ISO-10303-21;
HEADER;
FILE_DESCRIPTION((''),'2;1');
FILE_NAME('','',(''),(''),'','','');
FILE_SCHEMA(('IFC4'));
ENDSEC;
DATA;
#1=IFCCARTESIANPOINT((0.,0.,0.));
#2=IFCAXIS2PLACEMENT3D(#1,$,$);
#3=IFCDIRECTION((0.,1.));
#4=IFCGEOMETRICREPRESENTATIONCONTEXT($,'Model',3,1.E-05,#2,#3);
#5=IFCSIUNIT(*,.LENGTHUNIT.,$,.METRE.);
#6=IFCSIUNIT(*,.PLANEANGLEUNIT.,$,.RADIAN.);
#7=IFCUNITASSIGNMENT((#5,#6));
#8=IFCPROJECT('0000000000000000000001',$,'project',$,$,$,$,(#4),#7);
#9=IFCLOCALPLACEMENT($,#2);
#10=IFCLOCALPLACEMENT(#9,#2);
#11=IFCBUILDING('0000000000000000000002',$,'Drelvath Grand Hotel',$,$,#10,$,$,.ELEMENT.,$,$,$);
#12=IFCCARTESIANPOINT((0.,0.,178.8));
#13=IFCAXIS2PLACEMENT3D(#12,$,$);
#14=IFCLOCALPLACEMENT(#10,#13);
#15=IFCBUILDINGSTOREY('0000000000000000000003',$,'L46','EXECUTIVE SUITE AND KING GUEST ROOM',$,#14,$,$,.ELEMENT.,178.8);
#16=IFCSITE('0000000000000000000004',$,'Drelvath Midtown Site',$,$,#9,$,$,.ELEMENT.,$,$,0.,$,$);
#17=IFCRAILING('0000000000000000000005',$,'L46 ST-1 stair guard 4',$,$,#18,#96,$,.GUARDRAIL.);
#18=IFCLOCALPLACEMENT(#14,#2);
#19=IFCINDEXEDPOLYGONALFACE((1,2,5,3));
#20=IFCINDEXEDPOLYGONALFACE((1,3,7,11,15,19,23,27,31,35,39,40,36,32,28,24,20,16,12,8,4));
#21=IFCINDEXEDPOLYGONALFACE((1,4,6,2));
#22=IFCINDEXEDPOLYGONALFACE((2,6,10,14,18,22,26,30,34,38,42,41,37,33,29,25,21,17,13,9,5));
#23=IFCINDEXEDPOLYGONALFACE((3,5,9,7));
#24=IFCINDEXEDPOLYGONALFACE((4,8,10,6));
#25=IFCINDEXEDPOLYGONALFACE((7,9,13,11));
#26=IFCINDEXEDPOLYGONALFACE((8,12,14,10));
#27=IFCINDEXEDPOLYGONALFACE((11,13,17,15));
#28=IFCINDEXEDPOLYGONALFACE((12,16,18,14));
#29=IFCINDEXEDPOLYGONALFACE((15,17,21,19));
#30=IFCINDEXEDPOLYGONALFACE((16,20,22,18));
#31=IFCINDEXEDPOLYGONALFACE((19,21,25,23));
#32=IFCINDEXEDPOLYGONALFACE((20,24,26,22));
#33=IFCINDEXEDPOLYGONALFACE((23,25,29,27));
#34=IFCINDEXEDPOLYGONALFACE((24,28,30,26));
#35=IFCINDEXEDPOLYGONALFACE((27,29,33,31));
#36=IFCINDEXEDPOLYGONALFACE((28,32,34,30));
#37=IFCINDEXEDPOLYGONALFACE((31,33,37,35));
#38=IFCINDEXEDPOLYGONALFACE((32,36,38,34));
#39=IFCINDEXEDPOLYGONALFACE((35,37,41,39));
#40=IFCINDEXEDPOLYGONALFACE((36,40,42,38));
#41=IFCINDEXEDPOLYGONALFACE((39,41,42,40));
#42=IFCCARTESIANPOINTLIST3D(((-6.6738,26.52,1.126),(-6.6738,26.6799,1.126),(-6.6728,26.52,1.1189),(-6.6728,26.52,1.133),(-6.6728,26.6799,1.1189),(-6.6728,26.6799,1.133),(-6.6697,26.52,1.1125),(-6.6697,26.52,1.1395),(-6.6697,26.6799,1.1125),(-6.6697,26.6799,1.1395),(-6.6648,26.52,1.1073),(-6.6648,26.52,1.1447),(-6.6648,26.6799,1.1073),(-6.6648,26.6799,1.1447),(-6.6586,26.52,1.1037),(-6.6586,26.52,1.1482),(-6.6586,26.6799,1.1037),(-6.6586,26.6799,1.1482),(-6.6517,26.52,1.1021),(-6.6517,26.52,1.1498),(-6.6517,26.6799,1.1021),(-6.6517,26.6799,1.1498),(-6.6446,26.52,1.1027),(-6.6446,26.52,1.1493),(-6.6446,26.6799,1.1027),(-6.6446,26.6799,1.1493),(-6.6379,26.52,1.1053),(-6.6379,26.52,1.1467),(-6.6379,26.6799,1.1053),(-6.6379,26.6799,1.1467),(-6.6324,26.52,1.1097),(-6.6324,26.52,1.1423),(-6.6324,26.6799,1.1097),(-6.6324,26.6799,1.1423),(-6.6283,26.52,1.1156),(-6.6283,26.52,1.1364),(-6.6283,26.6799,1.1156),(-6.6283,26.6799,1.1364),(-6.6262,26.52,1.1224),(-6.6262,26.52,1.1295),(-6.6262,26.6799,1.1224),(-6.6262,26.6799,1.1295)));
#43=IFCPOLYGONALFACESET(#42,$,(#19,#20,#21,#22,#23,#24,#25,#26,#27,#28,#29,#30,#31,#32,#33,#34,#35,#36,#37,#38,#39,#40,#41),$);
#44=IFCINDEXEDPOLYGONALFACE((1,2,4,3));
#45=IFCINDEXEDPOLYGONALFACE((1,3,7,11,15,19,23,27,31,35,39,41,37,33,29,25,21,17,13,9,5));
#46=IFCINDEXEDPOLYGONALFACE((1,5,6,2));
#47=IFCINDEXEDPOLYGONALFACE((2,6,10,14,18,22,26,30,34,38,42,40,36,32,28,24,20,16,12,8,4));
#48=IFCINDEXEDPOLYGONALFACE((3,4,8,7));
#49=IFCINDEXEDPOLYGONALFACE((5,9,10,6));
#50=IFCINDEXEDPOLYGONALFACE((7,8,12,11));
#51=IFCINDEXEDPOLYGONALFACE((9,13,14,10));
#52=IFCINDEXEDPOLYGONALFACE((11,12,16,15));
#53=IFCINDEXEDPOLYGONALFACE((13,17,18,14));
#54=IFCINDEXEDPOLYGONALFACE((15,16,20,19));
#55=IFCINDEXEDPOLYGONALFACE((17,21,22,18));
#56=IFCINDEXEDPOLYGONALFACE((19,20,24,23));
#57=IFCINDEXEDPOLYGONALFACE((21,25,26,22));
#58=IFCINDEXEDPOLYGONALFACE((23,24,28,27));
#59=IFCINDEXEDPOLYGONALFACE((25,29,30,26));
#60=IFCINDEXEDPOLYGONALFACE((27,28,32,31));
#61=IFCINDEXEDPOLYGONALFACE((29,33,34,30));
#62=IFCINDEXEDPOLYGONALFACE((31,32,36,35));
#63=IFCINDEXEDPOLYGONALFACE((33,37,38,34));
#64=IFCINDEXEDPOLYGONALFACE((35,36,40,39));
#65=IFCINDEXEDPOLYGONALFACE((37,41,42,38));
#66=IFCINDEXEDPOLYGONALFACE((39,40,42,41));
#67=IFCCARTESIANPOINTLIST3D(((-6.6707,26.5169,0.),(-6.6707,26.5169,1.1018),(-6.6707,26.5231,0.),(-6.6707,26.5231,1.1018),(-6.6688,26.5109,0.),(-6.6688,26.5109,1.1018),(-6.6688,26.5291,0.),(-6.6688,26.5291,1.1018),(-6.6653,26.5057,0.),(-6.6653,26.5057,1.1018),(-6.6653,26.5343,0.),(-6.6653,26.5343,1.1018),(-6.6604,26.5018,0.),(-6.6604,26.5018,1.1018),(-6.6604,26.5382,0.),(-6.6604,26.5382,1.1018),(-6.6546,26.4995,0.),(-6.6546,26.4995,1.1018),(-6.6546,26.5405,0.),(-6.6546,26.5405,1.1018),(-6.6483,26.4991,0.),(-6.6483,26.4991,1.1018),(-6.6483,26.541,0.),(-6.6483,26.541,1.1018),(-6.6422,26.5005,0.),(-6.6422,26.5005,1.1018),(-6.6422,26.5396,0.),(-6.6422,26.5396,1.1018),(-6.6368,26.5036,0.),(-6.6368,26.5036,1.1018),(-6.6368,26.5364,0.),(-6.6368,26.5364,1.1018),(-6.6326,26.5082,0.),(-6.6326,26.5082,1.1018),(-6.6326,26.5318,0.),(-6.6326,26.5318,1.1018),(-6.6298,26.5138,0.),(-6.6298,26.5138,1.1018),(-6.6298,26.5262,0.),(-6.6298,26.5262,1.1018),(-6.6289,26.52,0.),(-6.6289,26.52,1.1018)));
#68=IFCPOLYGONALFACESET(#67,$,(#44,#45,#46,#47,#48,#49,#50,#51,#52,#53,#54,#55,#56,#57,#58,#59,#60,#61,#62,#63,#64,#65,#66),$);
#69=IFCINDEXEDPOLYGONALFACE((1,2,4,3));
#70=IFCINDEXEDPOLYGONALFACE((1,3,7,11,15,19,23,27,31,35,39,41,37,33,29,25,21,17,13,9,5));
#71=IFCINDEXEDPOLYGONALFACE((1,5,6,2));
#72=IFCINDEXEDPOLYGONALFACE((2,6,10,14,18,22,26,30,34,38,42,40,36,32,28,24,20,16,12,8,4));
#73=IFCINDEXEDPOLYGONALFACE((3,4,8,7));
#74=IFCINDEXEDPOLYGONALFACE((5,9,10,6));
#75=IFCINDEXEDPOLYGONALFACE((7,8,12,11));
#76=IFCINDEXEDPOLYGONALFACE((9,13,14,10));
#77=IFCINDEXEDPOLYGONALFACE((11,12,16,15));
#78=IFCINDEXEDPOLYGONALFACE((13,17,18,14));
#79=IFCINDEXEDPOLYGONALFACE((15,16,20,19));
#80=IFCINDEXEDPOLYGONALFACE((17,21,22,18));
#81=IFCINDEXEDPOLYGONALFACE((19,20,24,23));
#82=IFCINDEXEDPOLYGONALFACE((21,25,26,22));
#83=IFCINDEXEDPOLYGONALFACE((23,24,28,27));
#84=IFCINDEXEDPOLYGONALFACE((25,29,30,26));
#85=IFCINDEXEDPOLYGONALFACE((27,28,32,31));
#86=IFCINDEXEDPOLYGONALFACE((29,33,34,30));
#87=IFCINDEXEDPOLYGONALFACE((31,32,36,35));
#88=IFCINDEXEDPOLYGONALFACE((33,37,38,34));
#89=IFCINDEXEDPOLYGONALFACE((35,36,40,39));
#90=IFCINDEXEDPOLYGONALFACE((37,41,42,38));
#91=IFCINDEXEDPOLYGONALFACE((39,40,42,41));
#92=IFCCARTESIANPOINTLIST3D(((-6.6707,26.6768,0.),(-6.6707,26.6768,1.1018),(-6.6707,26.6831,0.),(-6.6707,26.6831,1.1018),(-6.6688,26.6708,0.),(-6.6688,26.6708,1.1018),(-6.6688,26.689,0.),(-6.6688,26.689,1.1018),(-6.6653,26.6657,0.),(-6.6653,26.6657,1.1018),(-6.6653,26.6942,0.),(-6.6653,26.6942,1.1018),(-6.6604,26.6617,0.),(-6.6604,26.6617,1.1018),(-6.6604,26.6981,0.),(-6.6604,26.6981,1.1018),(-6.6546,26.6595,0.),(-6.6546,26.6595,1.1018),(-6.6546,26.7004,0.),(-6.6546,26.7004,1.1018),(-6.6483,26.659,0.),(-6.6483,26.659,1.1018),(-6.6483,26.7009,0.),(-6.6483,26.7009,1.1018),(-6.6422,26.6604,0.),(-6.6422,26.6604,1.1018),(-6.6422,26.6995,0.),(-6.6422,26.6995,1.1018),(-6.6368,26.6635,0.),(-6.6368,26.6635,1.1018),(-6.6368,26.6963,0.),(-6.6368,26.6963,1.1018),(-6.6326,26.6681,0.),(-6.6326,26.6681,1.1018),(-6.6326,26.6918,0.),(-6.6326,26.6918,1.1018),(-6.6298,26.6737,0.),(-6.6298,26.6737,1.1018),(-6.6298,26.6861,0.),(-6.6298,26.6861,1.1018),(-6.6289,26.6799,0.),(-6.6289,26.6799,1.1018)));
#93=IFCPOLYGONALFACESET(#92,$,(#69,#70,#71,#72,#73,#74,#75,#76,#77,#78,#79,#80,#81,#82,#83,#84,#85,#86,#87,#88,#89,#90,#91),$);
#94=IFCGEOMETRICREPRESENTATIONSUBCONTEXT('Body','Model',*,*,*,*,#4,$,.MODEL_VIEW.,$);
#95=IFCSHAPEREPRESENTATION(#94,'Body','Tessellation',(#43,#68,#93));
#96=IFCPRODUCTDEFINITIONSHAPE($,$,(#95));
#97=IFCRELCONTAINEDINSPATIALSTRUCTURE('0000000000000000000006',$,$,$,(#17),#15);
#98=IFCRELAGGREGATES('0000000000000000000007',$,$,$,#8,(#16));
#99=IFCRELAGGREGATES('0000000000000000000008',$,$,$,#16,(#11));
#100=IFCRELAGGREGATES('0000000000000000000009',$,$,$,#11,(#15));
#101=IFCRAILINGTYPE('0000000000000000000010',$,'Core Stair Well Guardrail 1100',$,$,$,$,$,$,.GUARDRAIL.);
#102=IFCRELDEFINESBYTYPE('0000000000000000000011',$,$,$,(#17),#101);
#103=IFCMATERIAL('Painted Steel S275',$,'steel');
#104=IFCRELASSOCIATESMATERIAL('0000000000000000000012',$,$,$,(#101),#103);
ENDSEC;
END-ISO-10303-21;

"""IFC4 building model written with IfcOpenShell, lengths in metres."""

from ifc_helpers import new_model, si_unit, direction, frame, origin, origin_2d, place, context, subcontext, project, spatial, circle, extrude, material, type_object, element, save


model = new_model("IFC4")

# Units and contexts
model_context = context("Model", 3, precision=1e-05, world=origin(), true_north=direction((0.0, 1.0)))
body_context = subcontext(model_context, "Body", "Model", "MODEL_VIEW")
ifc_project = project(units=[si_unit("LENGTHUNIT", "METRE"), si_unit("PLANEANGLEUNIT", "RADIAN")], contexts=[model_context])

# Site, building, storey
site_placement = place(None, origin())
site = spatial("IfcSite", under=ifc_project, at=site_placement, Name="Drelvath Midtown Site", CompositionType="ELEMENT", RefElevation=0.0)
building_placement = place(site_placement, origin())
building = spatial("IfcBuilding", under=site, at=building_placement, Name="Drelvath Grand Hotel", CompositionType="ELEMENT")
storey_placement = place(building_placement, frame((0.0, 0.0, 178.8)))
storey = spatial("IfcBuildingStorey", under=building, at=storey_placement, Name="L46", Description="EXECUTIVE SUITE AND KING GUEST ROOM", CompositionType="ELEMENT", Elevation=178.8)

# Shared definitions
ifc_material_1 = material(Name="Painted Steel S275", Category="steel")

# Railing
railing_type_1 = type_object("IfcRailingType", Name="Core Stair Well Guardrail 1100", PredefinedType="GUARDRAIL", material=ifc_material_1)
railing_1_placement = place(storey_placement, frame((-6.6499, 26.52, 0.0)))
element("IfcRailing", 1, at=railing_1_placement, inside=storey, type_object=railing_type_1, Name="L46 ST-1 stair guard 4", PredefinedType="GUARDRAIL", context=body_context, shape_type="SweptSolid", body=[
    extrude(circle(Radius=0.0239, at=origin_2d()), frame((0.0, 0.0, 1.126), z_axis=(0.0, 1.0, 0.0), x_axis=(-1.0, 0.0, 0.0)), (0.0, 0.0, 1.0), 0.1599),
    extrude(circle(Radius=0.021, at=origin_2d()), origin(), (0.0, 0.0, 1.0), 1.1018),
    extrude(circle(Radius=0.021, at=origin_2d()), frame((0.0, 0.1599, 0.0)), (0.0, 0.0, 1.0), 1.1018),
])

save(model, "model.ifc")
